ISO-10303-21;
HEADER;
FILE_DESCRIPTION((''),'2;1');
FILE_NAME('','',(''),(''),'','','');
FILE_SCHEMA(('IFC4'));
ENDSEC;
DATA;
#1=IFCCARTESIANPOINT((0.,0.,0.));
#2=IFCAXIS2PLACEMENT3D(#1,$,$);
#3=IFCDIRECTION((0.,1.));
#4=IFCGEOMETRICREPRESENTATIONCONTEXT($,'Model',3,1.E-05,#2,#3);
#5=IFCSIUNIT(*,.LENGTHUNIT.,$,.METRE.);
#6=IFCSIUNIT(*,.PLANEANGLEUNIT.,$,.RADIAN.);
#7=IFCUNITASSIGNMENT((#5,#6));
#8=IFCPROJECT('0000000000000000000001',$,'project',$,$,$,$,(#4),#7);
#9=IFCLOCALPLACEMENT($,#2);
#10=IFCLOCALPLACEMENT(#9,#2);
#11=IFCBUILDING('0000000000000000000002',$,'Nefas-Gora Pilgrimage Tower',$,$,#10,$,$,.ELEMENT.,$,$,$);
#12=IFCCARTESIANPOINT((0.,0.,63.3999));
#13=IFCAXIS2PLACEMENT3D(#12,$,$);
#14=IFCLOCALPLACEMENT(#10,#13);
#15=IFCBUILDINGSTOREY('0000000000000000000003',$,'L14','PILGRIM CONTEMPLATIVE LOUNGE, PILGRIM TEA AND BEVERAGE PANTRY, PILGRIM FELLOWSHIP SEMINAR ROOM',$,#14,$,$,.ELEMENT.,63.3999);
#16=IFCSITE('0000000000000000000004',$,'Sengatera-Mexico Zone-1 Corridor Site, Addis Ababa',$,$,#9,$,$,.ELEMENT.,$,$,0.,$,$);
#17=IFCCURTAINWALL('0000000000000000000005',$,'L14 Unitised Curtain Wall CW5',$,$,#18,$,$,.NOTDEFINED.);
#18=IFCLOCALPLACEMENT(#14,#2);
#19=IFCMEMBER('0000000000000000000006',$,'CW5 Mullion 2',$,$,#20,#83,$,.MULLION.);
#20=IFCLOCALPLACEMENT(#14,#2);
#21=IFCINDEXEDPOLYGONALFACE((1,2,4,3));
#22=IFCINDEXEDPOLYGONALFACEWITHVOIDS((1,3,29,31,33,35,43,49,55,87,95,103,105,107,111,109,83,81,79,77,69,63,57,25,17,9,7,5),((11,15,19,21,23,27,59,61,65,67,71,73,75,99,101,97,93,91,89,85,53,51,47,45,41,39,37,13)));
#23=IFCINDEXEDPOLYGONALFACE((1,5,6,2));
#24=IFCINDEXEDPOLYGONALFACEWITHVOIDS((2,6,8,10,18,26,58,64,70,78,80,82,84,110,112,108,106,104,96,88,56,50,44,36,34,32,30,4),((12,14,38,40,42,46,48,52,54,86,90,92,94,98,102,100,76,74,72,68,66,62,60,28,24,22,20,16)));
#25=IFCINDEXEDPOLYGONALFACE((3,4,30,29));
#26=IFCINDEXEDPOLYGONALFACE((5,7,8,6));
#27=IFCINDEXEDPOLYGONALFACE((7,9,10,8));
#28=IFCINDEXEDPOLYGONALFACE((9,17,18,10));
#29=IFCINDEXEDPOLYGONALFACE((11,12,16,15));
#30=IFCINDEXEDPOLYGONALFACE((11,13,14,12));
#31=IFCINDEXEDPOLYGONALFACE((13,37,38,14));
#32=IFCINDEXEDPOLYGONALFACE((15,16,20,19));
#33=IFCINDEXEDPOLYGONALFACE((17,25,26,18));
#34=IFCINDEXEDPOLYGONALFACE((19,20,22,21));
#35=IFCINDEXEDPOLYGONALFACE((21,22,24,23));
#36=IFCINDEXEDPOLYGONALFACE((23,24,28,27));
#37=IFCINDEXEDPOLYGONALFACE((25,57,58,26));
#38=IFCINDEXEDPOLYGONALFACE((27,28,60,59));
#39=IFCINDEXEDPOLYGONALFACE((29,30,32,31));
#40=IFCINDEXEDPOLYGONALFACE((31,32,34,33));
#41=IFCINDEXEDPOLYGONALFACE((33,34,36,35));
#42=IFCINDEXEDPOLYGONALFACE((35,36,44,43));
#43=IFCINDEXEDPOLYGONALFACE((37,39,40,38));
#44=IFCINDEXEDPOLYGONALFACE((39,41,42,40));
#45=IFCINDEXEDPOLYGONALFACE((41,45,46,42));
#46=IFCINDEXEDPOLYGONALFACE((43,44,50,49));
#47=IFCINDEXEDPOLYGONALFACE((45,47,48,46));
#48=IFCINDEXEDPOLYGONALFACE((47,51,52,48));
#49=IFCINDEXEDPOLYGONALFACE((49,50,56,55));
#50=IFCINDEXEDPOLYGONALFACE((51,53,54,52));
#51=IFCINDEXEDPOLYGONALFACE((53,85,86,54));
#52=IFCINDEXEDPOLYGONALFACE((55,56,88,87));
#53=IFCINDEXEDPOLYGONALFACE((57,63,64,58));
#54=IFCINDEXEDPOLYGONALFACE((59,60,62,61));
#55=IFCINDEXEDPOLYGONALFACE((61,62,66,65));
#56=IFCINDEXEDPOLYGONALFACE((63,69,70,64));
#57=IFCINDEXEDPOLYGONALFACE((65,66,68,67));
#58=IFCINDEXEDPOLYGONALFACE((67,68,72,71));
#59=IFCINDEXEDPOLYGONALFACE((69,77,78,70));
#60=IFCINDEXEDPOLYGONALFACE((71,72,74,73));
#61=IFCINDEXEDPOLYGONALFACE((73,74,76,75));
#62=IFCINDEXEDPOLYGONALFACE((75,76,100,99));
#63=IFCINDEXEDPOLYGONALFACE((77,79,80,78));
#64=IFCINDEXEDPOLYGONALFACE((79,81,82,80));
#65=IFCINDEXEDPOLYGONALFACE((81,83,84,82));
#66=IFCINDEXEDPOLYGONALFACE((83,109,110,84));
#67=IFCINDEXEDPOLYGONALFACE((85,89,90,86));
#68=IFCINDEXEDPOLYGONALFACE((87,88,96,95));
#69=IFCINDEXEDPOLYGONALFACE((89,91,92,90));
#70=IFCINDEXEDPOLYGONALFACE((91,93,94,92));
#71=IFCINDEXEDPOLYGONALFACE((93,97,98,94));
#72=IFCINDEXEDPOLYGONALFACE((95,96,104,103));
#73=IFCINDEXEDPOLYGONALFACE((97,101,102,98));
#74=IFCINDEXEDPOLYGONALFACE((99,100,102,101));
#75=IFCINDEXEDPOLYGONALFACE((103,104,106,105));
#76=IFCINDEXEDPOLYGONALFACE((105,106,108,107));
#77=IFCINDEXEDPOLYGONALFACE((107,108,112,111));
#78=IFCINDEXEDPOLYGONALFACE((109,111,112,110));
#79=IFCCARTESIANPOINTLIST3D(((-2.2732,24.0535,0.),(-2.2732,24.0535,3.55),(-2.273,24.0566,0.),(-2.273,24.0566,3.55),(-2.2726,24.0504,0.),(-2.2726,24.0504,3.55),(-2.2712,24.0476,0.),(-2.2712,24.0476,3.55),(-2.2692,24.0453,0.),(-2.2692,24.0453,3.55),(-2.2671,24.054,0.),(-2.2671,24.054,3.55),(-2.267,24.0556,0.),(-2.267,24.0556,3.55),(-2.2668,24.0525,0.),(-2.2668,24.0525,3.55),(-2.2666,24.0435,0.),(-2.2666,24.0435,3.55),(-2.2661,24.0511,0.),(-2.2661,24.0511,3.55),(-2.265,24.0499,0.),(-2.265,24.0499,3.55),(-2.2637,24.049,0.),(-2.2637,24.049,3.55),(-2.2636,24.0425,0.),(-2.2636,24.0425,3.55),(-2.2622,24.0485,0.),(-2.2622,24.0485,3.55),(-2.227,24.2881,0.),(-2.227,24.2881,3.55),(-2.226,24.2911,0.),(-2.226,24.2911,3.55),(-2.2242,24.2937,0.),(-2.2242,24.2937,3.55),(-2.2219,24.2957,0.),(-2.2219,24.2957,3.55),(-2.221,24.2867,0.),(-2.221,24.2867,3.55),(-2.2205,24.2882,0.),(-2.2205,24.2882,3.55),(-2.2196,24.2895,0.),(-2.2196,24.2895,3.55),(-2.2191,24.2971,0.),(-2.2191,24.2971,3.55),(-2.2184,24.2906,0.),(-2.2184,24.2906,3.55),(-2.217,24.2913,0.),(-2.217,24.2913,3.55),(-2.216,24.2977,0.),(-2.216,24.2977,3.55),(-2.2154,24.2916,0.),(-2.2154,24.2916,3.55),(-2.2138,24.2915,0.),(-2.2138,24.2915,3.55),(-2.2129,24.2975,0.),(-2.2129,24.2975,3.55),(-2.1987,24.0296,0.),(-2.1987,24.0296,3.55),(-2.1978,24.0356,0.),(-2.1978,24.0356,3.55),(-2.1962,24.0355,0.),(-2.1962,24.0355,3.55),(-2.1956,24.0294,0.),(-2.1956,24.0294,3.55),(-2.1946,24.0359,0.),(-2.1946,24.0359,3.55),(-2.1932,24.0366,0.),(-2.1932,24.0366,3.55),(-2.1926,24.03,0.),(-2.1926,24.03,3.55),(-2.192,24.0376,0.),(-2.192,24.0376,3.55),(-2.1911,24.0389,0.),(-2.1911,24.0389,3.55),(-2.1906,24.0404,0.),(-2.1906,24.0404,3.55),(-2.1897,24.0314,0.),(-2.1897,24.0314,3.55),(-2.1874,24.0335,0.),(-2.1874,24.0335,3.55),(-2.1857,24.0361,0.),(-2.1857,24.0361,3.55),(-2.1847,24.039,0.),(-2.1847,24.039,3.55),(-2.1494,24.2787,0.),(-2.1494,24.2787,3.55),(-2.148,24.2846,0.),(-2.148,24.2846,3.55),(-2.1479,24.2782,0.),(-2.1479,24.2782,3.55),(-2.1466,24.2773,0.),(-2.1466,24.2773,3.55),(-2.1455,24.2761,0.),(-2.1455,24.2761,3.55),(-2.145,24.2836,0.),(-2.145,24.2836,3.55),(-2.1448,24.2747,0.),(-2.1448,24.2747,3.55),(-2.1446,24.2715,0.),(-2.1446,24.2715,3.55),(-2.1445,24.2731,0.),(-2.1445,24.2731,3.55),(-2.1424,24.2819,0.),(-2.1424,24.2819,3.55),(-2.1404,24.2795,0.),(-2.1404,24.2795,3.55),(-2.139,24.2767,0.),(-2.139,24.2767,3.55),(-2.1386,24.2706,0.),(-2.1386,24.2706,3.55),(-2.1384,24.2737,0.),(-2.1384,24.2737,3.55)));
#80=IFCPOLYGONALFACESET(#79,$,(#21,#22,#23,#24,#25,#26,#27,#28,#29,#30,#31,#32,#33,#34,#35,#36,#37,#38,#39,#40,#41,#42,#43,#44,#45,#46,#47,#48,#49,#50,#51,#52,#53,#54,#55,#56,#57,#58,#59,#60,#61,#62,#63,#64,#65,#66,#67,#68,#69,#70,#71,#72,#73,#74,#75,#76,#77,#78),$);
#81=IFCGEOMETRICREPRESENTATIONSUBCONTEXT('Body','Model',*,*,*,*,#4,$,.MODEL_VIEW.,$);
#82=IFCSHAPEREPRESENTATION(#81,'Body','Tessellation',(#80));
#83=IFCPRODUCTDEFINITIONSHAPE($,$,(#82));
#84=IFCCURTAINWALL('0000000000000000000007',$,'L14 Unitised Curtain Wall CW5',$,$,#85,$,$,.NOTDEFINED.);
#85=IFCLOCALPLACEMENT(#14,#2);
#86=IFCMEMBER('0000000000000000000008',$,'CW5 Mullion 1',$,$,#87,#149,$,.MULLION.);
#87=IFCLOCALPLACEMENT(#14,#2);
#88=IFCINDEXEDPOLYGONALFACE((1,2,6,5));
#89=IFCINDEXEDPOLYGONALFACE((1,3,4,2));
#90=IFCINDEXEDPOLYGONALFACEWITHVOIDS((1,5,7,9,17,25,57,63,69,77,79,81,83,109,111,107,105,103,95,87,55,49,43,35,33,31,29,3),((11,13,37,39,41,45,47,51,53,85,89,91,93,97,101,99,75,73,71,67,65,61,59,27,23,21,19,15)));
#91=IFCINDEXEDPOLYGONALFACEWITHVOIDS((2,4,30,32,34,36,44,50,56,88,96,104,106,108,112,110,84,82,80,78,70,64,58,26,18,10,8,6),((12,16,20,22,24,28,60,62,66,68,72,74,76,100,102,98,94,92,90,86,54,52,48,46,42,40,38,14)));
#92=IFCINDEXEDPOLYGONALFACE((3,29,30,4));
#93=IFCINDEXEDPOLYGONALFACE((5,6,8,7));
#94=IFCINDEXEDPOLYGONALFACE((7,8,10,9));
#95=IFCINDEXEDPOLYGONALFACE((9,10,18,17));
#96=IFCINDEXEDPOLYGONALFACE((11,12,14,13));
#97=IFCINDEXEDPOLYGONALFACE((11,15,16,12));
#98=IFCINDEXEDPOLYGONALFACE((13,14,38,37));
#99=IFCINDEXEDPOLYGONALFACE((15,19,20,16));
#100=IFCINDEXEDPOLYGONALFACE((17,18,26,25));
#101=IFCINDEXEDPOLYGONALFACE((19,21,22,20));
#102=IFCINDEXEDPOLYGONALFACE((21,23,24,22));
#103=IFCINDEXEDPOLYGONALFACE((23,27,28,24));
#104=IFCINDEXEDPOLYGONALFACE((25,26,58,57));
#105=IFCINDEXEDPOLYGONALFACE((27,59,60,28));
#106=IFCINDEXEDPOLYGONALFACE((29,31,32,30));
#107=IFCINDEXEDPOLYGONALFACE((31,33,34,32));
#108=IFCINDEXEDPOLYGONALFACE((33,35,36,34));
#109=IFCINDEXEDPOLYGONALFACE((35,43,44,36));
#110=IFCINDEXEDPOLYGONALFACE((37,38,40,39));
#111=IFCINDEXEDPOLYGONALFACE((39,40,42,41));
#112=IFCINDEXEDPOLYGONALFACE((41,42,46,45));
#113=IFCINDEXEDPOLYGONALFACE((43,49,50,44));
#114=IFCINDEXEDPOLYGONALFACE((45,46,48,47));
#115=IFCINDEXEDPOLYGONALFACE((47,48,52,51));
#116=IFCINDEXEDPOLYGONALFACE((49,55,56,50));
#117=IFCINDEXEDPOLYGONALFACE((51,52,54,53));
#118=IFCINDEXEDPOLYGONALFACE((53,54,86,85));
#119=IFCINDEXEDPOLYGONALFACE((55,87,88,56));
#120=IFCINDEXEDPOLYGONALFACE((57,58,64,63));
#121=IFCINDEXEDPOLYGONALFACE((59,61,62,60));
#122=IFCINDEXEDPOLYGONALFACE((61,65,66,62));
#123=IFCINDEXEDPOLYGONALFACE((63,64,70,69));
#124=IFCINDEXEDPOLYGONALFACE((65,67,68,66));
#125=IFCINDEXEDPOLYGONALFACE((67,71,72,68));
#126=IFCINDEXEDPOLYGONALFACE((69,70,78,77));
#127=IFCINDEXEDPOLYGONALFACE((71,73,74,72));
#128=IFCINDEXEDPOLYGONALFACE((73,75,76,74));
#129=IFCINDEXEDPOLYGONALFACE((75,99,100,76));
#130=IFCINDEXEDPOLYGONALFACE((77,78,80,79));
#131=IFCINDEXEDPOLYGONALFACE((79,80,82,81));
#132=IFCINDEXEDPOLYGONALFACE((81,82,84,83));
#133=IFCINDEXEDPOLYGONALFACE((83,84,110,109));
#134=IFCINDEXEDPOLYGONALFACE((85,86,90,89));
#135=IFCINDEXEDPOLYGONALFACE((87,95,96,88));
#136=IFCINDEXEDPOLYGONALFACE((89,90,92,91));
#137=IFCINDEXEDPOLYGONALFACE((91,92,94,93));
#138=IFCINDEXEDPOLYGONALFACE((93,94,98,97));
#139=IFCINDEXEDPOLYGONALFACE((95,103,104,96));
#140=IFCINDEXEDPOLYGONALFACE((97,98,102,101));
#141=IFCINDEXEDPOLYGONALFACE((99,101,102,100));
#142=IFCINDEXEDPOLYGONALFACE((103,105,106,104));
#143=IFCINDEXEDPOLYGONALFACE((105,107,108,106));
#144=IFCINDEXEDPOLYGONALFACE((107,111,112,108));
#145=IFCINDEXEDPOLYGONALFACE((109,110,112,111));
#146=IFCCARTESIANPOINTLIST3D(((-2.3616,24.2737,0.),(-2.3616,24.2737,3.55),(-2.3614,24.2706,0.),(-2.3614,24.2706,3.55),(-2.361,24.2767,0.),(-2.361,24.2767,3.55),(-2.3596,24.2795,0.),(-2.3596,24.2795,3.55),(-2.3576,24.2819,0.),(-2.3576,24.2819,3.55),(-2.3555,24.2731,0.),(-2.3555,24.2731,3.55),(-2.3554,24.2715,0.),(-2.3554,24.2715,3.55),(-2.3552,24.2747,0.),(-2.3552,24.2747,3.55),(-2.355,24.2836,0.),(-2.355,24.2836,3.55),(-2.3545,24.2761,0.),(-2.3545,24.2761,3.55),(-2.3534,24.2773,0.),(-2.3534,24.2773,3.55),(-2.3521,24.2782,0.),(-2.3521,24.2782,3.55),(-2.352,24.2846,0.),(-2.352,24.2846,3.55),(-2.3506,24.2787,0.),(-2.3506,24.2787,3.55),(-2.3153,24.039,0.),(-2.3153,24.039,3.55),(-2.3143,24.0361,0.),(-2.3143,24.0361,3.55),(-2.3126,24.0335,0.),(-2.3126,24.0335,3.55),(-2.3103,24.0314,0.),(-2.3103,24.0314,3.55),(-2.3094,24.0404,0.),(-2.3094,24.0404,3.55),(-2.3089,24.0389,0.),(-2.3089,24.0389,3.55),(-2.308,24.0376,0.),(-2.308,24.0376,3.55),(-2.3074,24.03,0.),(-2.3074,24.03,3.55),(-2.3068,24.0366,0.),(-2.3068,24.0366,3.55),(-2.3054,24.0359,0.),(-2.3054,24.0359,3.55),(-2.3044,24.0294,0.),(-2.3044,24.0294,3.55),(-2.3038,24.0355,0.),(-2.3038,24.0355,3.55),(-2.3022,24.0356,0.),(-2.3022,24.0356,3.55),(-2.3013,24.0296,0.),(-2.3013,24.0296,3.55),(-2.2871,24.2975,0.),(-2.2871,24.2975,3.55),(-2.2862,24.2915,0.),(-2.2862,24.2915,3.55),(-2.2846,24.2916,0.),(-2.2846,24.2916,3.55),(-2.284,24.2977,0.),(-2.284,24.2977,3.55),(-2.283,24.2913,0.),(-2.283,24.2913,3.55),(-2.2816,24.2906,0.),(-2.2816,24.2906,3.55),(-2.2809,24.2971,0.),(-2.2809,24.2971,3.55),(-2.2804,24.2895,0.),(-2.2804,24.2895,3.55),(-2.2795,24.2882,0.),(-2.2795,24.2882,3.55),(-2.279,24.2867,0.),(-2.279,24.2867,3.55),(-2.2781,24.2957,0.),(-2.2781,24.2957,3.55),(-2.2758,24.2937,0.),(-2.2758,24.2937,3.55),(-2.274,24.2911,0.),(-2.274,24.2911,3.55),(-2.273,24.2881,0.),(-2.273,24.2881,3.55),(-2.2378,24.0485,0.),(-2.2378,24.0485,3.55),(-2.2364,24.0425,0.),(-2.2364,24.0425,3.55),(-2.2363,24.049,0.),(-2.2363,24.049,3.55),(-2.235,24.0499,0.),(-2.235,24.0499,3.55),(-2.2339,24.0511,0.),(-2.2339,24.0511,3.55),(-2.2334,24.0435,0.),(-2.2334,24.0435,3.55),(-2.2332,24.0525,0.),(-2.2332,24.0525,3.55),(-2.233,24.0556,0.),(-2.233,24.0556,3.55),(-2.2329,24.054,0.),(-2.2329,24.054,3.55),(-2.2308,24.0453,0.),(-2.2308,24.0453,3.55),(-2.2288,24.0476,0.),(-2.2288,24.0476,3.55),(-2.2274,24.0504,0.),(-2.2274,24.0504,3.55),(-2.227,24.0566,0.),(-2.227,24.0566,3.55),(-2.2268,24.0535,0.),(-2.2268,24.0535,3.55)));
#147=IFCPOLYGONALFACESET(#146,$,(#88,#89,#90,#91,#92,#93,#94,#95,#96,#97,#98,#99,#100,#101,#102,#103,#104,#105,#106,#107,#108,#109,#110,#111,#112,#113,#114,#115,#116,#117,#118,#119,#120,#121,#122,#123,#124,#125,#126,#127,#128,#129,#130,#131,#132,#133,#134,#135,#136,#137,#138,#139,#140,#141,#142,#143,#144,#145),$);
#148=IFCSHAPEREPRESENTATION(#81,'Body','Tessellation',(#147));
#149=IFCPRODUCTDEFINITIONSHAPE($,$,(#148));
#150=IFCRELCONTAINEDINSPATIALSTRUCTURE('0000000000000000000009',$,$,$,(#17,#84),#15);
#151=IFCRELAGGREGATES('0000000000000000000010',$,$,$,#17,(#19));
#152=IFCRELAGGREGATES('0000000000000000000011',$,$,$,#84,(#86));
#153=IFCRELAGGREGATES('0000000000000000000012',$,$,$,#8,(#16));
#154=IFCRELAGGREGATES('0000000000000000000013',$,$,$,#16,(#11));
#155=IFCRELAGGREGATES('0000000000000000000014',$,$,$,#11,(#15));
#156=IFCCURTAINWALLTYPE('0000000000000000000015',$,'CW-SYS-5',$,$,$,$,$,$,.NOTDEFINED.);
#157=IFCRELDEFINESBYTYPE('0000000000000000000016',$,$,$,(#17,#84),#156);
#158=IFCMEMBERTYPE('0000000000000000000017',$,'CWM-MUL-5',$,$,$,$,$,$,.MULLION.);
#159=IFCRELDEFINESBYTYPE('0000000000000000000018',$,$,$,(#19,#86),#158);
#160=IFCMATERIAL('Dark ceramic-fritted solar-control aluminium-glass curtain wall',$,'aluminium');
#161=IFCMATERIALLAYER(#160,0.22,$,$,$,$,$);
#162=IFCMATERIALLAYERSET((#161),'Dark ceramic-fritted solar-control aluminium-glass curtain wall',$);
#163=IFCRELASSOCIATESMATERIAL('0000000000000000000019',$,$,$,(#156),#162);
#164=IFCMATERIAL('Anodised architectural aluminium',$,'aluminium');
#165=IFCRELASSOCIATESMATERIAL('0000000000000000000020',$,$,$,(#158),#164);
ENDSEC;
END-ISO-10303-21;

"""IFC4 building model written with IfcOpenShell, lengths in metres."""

from ifc_helpers import new_model, si_unit, direction, frame, origin, origin_2d, place, context, subcontext, project, spatial, hollow_rectangle, extrude, source, transform, mapped, material, layer, layer_set, material_profile, profile_set, type_object, element, aggregate, save


model = new_model("IFC4")

# Units and contexts
model_context = context("Model", 3, precision=1e-05, world=origin(), true_north=direction((0.0, 1.0)))
body_context = subcontext(model_context, "Body", "Model", "MODEL_VIEW")
ifc_project = project(units=[si_unit("LENGTHUNIT", "METRE"), si_unit("PLANEANGLEUNIT", "RADIAN")], contexts=[model_context])

# Site, building, storey
site_placement = place(None, origin())
site = spatial("IfcSite", under=ifc_project, at=site_placement, Name="Sengatera-Mexico Zone-1 Corridor Site, Addis Ababa", CompositionType="ELEMENT", RefElevation=0.0)
building_placement = place(site_placement, origin())
building = spatial("IfcBuilding", under=site, at=building_placement, Name="Nefas-Gora Pilgrimage Tower", CompositionType="ELEMENT")
storey_placement = place(building_placement, frame((0.0, 0.0, 63.3999)))
storey = spatial("IfcBuildingStorey", under=building, at=storey_placement, Name="L14", Description="PILGRIM CONTEMPLATIVE LOUNGE, PILGRIM TEA AND BEVERAGE PANTRY, PILGRIM FELLOWSHIP SEMINAR ROOM", CompositionType="ELEMENT", Elevation=63.3999)

# Curtain wall, member
ifc_material_1 = material(Name="Dark ceramic-fritted solar-control aluminium-glass curtain wall", Category="aluminium")
ifc_layer_1 = layer(ifc_material_1, 0.22)
ifc_layer_set_1 = layer_set([ifc_layer_1], Name="Dark ceramic-fritted solar-control aluminium-glass curtain wall")
curtain_wall_type = type_object("IfcCurtainWallType", Name="CW-SYS-5", PredefinedType="NOTDEFINED", material=ifc_layer_set_1)
curtain_wall_1_placement = place(storey_placement, origin())
curtain_wall_1 = element("IfcCurtainWall", 1, at=curtain_wall_1_placement, inside=storey, type_object=curtain_wall_type, Name="L14 Unitised Curtain Wall CW5", PredefinedType="NOTDEFINED")
ifc_material_2 = material(Name="Anodised architectural aluminium", Category="aluminium")
ifc_material_profile_1 = material_profile(ifc_material_2, hollow_rectangle(XDim=0.0901, YDim=0.26, WallThickness=0.0061, InnerFilletRadius=0.0061, OuterFilletRadius=0.012, at=origin_2d()), Name="ALU MULLION 90x260")
ifc_profile_set_1 = profile_set([ifc_material_profile_1], Name="Anodised architectural aluminium")
member_type_1 = type_object("IfcMemberType", Name="CWM-MUL-5", PredefinedType="MULLION", material=ifc_profile_set_1)
shared_shape_1 = source(origin(), body_context, "Body", "SweptSolid", [
    extrude(hollow_rectangle(XDim=0.0901, YDim=0.26, WallThickness=0.0061, InnerFilletRadius=0.0061, OuterFilletRadius=0.012, at=origin_2d()), origin(), (0.0, 0.0, 1.0), 3.55),
])
member_1_placement = place(storey_placement, frame((-2.2058, 24.1636, 0.0), z_axis=(0.0, 0.0, 1.0), x_axis=(-0.980783, 0.195102, 0.0)))
member_1 = element("IfcMember", 2, at=member_1_placement, type_object=member_type_1, Name="CW5 Mullion 2", PredefinedType="MULLION", context=body_context, shape_type="MappedRepresentation", body=[
    mapped(shared_shape_1, transform((0.0, 0.0, 0.0), x_axis=(1.0, 0.0, 0.0), y_axis=(0.0, 1.0, 0.0), z_axis=(0.0, 0.0, 1.0), scale=1.0)),
])

# Curtain wall, member
curtain_wall_2_placement = place(storey_placement, origin())
curtain_wall_2 = element("IfcCurtainWall", 3, at=curtain_wall_2_placement, inside=storey, type_object=curtain_wall_type, Name="L14 Unitised Curtain Wall CW5", PredefinedType="NOTDEFINED")
member_2_placement = place(storey_placement, frame((-2.2942, 24.1636, 0.0), z_axis=(0.0, 0.0, 1.0), x_axis=(-0.980783, -0.195102, 0.0)))
member_2 = element("IfcMember", 4, at=member_2_placement, type_object=member_type_1, Name="CW5 Mullion 1", PredefinedType="MULLION", context=body_context, shape_type="MappedRepresentation", body=[
    mapped(shared_shape_1, transform((0.0, 0.0, 0.0), x_axis=(1.0, 0.0, 0.0), y_axis=(0.0, 1.0, 0.0), z_axis=(0.0, 0.0, 1.0), scale=1.0)),
])

aggregate(curtain_wall_1, [member_1])
aggregate(curtain_wall_2, [member_2])

save(model, "model.ifc")
